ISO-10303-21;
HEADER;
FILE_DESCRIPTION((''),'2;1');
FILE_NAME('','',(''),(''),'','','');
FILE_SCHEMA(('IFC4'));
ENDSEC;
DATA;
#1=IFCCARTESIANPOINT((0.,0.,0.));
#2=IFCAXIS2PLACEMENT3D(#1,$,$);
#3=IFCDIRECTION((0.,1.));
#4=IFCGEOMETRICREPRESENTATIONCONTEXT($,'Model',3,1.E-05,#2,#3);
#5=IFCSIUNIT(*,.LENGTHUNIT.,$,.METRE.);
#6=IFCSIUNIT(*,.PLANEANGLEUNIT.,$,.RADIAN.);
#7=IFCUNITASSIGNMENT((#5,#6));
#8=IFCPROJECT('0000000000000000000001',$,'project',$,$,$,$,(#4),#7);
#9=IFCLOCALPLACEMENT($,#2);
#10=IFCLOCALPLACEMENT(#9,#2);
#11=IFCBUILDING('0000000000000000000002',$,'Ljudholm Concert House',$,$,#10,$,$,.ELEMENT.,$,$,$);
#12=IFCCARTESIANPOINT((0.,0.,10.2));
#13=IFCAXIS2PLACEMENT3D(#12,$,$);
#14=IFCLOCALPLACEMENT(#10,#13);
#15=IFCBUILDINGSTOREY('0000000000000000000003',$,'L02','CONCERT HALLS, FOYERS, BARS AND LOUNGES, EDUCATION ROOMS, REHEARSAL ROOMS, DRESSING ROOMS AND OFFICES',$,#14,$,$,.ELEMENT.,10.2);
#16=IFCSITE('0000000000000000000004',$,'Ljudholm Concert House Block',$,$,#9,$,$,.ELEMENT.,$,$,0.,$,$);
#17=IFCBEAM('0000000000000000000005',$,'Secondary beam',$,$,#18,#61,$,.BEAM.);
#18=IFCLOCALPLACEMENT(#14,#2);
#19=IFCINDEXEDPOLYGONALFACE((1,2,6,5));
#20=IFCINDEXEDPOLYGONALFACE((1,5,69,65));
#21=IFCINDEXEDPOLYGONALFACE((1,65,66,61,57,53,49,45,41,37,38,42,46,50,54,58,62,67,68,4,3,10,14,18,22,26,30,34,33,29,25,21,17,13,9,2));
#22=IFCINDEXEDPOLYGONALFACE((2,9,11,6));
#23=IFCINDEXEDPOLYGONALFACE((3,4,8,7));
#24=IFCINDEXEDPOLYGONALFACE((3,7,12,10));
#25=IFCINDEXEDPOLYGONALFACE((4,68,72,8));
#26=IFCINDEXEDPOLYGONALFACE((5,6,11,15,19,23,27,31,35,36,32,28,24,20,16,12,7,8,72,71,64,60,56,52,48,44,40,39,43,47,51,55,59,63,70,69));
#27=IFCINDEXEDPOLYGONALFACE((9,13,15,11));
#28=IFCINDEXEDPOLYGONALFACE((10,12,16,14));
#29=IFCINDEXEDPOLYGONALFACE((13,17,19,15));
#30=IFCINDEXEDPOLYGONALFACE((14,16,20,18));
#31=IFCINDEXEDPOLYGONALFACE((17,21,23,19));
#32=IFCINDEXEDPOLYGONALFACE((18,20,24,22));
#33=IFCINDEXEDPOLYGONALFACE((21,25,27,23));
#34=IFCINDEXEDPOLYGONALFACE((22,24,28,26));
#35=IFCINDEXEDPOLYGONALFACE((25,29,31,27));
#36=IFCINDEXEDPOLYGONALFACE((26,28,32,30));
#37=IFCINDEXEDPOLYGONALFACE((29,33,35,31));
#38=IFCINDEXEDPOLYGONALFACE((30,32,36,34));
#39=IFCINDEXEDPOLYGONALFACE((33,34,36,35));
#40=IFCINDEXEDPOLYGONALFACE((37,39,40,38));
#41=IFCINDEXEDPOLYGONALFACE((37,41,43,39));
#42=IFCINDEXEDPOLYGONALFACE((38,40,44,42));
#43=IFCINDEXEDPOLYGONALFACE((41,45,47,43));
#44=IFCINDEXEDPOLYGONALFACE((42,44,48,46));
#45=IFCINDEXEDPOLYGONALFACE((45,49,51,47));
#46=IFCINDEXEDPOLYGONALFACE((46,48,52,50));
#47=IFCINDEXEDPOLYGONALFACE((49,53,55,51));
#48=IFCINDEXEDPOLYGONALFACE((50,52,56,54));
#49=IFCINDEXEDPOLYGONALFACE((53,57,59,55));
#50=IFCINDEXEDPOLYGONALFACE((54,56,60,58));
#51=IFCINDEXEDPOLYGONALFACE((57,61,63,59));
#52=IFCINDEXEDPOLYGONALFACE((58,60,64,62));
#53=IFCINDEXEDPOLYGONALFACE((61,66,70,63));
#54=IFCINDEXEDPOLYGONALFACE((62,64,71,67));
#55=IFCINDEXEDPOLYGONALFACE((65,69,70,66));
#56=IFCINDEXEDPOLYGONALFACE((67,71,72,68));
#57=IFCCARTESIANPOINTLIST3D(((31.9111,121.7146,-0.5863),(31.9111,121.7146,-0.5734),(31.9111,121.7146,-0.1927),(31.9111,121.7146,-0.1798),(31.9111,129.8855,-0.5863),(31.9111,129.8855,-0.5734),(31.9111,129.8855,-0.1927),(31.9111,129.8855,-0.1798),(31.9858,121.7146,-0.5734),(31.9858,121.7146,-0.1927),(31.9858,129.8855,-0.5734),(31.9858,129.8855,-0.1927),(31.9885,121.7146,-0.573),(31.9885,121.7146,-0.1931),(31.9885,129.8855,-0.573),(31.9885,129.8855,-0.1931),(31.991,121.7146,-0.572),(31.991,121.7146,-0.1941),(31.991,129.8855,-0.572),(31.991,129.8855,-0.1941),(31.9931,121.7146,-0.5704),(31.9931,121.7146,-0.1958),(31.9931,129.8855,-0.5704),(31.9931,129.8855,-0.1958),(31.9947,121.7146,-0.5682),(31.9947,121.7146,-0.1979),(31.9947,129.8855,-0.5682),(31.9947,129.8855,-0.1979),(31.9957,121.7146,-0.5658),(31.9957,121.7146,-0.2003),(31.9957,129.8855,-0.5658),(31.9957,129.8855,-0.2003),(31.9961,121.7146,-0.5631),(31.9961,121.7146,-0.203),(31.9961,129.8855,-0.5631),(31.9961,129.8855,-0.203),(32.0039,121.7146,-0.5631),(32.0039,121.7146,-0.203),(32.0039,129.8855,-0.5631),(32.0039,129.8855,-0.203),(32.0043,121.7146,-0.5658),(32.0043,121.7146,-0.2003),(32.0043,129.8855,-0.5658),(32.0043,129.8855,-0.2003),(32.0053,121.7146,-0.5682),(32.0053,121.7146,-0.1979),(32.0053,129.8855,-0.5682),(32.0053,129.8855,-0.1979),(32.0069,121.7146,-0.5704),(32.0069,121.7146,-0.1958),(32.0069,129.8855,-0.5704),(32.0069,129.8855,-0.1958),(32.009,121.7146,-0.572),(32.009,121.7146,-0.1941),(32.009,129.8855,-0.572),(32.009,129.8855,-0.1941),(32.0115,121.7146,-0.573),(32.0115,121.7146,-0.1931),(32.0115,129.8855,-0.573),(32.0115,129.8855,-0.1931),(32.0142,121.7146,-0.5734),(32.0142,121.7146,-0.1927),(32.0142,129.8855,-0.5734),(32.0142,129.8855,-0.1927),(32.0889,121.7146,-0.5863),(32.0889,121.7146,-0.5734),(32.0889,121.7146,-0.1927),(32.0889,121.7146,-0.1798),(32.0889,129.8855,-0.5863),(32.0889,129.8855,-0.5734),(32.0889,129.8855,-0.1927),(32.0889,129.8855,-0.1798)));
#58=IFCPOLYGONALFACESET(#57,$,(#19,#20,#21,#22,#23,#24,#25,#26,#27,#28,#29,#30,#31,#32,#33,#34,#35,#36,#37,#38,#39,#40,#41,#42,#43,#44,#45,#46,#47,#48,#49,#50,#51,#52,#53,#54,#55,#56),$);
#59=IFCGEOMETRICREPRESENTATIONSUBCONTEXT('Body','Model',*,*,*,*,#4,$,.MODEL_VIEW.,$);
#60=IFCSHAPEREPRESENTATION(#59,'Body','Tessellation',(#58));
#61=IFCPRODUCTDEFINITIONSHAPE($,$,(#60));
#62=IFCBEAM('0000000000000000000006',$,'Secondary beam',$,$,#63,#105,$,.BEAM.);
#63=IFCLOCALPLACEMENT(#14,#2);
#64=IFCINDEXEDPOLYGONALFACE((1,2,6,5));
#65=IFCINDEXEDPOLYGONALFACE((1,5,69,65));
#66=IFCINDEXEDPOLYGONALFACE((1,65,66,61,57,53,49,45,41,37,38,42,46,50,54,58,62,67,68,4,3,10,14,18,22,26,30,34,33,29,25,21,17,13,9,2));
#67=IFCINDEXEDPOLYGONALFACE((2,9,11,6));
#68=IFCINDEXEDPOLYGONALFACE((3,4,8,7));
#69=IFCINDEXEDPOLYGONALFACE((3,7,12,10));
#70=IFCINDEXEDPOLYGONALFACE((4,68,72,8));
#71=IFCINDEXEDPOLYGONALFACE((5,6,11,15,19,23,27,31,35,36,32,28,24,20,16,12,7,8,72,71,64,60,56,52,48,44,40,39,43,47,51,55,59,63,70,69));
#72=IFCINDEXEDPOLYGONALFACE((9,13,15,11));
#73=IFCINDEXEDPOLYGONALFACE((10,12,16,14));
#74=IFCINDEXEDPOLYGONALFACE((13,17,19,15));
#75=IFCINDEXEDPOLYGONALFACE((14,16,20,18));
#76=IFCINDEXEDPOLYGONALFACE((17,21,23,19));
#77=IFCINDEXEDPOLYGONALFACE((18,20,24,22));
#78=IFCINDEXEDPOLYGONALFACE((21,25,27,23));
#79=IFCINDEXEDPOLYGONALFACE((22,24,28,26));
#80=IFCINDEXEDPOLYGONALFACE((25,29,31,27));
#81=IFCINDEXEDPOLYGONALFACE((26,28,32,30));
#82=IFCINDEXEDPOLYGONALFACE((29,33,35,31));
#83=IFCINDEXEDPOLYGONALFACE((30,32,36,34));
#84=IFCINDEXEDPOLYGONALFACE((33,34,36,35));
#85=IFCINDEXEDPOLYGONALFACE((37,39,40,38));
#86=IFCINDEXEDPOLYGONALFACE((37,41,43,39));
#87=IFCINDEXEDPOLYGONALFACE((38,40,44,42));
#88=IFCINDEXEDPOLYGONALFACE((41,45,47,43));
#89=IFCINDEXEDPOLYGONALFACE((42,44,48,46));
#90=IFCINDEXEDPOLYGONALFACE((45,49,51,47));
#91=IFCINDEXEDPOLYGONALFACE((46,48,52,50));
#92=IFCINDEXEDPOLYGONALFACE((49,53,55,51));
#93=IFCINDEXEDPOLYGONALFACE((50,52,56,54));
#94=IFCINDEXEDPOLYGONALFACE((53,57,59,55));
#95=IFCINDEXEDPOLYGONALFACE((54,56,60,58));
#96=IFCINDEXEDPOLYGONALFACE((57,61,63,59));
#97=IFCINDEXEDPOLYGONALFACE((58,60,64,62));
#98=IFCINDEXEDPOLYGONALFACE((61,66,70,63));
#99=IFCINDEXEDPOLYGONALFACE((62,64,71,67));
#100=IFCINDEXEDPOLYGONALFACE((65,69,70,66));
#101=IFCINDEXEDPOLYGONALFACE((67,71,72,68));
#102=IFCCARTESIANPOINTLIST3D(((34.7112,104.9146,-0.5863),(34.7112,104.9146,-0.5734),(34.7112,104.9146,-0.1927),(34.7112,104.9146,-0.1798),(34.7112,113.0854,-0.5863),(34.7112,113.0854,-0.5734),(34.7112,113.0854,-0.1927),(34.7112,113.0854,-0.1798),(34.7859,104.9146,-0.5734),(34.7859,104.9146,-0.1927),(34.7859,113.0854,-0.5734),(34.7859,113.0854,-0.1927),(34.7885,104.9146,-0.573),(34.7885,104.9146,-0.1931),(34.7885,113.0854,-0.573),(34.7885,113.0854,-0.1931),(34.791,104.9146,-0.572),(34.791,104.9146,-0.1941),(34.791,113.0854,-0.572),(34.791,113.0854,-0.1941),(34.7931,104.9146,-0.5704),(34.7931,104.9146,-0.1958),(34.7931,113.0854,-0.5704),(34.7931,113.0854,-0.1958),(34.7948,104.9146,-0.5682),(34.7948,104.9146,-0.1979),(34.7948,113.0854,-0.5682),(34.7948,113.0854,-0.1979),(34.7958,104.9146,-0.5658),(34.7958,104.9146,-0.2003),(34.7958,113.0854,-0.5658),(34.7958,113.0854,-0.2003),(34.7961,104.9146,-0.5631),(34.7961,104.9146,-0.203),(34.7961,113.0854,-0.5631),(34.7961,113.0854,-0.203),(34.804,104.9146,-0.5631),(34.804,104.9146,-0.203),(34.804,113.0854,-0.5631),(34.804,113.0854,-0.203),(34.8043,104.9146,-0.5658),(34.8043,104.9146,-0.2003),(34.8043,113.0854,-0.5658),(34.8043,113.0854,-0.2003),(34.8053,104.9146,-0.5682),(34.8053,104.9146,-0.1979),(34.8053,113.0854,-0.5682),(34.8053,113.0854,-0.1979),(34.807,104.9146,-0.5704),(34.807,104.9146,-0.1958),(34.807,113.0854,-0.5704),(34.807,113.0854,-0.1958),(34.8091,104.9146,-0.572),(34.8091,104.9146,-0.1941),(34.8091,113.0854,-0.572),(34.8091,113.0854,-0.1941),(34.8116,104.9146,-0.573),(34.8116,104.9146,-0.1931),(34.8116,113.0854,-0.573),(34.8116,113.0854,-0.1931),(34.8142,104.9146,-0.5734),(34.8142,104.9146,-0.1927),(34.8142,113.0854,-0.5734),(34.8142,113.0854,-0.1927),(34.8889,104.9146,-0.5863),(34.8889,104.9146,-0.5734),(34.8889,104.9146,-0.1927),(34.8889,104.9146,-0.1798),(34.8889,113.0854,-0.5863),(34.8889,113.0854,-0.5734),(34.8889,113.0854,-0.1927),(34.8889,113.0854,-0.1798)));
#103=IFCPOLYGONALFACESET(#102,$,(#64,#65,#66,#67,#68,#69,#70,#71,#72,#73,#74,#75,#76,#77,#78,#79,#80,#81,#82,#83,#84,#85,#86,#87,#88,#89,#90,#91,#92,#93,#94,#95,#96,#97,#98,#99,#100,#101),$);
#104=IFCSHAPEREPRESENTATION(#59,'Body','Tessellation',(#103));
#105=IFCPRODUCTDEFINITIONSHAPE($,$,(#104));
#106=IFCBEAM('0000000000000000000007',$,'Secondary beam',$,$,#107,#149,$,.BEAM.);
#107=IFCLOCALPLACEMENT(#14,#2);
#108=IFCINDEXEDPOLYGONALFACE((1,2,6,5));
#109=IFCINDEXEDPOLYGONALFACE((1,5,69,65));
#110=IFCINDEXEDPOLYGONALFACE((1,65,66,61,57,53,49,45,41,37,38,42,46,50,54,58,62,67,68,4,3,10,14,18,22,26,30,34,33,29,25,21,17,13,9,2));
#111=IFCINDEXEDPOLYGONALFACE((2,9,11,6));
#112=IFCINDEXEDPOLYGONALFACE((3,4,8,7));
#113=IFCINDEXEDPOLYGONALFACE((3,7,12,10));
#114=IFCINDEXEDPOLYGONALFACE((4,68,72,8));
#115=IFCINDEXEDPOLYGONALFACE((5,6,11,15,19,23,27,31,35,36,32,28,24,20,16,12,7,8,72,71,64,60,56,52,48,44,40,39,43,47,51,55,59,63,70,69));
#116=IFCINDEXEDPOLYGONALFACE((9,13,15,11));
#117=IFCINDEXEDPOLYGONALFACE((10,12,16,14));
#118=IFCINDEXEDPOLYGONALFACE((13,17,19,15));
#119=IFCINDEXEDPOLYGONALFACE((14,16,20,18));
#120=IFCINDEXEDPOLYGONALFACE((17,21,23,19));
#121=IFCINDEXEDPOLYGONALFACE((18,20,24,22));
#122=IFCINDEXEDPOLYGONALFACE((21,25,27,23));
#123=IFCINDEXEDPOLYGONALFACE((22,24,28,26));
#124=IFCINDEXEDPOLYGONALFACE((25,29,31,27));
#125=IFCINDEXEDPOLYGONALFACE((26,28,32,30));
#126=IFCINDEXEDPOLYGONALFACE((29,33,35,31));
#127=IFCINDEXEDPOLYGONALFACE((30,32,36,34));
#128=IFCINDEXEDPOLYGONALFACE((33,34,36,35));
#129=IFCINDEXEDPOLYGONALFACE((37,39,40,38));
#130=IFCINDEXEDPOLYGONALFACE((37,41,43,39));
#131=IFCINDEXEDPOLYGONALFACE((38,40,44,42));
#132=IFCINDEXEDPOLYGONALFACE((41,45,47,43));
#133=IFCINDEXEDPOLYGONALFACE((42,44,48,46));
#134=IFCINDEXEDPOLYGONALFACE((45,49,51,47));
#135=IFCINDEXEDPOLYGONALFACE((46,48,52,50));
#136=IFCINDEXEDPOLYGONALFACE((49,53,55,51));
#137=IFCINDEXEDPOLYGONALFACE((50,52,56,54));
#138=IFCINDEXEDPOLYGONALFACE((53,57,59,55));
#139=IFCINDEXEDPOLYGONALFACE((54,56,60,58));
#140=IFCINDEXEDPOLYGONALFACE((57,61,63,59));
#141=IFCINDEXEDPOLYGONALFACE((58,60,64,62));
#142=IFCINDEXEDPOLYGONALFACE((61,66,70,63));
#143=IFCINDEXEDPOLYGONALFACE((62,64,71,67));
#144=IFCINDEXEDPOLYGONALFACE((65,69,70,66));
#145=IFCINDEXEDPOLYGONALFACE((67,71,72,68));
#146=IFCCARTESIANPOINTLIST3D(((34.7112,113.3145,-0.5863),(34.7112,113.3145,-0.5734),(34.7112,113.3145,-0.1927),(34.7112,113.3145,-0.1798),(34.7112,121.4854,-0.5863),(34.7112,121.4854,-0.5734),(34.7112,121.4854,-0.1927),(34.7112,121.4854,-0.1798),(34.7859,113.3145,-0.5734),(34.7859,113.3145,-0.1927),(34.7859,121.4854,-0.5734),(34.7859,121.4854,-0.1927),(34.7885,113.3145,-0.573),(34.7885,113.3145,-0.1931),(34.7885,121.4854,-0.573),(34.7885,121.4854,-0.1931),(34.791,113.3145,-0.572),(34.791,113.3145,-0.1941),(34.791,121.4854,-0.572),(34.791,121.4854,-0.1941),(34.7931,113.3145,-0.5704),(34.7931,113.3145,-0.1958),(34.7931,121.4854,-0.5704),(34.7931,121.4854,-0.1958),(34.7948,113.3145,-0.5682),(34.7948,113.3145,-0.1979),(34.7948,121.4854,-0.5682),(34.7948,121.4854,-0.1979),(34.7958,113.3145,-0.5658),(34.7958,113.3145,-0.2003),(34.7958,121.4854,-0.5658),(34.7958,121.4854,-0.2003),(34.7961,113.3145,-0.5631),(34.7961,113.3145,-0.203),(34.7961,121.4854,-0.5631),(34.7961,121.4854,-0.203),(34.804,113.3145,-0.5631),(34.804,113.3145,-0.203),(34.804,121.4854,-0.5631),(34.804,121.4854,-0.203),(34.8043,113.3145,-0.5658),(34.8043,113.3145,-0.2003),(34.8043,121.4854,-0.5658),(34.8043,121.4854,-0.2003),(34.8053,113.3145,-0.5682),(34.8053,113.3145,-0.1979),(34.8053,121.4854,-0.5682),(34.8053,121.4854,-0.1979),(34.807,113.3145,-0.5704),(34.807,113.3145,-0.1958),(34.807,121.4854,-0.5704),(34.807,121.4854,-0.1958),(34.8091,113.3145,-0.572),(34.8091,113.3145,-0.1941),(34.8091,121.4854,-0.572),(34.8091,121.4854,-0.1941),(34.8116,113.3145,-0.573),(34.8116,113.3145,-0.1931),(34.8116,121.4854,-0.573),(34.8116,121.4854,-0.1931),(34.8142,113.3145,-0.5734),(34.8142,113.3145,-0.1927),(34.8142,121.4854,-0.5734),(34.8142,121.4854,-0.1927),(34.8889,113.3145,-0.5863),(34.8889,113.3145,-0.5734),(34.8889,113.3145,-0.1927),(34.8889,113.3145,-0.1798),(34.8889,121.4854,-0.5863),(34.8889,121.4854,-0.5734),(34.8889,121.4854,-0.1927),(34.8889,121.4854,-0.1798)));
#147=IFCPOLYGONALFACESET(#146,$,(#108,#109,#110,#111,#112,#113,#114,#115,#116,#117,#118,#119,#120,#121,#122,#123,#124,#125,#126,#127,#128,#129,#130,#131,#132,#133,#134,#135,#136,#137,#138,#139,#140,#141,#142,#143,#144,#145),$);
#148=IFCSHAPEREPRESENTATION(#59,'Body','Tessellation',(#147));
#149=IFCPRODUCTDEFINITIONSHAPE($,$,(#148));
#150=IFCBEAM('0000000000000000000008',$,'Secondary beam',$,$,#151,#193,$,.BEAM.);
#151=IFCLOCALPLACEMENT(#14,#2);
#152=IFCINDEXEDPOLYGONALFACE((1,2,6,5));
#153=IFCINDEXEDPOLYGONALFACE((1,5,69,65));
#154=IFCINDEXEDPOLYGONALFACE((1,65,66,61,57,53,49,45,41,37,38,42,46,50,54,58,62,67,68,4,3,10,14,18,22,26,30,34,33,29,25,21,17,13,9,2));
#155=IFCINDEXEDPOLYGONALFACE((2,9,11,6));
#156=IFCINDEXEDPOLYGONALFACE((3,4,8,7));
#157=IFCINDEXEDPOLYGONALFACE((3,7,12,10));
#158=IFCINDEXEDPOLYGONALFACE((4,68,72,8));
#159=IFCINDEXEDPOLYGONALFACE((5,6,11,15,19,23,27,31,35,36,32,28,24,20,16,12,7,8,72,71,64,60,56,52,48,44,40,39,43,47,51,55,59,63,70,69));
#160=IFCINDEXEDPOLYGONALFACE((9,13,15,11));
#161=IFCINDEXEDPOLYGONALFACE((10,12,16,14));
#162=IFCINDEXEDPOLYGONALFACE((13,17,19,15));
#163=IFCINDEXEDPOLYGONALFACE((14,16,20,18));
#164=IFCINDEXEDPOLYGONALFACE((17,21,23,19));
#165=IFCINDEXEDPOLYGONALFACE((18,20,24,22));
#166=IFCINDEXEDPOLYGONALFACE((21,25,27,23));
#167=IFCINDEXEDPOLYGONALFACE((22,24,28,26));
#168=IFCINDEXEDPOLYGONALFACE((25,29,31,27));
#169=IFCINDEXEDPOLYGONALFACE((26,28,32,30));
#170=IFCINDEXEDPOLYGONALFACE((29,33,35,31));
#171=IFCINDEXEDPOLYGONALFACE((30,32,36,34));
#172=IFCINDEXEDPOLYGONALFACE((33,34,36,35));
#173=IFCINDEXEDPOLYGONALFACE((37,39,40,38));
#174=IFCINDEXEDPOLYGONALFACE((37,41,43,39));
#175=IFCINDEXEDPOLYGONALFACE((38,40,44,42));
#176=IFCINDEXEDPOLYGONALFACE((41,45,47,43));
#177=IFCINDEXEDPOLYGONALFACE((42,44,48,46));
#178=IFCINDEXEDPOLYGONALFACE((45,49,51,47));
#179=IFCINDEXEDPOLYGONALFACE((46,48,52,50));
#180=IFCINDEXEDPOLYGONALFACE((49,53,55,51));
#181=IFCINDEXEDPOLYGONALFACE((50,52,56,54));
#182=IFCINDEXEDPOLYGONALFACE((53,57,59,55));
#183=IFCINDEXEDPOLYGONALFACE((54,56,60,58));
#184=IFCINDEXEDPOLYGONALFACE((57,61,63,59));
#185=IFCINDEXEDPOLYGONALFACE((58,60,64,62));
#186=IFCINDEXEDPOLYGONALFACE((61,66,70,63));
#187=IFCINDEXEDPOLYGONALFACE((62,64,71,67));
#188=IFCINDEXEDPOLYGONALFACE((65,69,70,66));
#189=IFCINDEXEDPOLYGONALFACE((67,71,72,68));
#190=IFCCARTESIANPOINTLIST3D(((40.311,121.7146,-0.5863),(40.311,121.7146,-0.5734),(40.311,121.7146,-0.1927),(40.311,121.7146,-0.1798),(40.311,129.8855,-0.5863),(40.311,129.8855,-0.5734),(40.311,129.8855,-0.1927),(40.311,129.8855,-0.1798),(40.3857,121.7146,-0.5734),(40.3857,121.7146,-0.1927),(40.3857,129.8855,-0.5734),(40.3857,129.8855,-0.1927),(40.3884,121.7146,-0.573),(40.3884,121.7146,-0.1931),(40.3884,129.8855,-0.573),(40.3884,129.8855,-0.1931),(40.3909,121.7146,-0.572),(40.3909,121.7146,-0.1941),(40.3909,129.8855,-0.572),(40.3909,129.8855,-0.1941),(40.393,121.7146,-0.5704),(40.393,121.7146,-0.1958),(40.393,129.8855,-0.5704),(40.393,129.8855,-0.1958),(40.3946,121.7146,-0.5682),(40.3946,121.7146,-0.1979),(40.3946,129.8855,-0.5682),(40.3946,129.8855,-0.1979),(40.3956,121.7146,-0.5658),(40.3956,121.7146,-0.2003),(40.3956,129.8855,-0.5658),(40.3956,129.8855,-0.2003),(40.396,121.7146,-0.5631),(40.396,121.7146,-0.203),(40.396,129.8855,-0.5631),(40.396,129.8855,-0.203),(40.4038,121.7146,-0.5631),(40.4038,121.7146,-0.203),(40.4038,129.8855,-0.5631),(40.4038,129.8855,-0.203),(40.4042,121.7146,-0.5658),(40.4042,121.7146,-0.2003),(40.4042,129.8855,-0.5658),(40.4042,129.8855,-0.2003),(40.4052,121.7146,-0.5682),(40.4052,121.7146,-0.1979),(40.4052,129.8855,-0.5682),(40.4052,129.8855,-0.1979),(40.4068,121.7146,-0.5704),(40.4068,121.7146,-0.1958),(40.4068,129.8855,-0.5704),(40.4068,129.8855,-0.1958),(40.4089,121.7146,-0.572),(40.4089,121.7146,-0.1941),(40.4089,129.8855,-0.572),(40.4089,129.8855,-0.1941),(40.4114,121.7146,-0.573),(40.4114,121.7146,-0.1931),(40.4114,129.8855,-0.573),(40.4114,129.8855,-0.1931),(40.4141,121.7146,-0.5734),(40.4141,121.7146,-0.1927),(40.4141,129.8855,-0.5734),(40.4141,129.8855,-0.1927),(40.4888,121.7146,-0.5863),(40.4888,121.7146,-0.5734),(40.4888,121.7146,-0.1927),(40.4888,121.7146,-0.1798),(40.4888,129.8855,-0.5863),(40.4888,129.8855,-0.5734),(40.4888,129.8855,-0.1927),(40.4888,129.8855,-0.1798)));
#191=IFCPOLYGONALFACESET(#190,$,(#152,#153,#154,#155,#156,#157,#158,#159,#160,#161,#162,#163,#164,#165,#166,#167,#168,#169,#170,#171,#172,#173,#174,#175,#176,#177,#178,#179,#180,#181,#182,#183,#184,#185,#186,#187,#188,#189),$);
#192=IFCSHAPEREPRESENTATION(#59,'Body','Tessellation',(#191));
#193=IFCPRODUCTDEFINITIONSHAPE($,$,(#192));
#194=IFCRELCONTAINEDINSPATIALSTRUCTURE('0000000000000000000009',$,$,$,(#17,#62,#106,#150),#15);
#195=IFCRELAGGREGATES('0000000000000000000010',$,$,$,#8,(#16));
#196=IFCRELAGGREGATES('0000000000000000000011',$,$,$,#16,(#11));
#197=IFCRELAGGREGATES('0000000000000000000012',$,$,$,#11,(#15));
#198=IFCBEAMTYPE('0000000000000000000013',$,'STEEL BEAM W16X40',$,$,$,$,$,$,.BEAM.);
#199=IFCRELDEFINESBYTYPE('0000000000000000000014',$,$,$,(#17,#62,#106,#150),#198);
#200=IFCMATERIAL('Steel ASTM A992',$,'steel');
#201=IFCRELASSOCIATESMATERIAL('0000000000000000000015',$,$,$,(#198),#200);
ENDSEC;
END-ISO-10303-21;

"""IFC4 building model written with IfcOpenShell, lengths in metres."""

from ifc_helpers import new_model, si_unit, direction, frame, origin, origin_2d, place, context, subcontext, project, spatial, i_section, extrude, material, material_profile, profile_set, type_object, element, save


model = new_model("IFC4")

# Units and contexts
model_context = context("Model", 3, precision=1e-05, world=origin(), true_north=direction((0.0, 1.0)))
body_context = subcontext(model_context, "Body", "Model", "MODEL_VIEW")
ifc_project = project(units=[si_unit("LENGTHUNIT", "METRE"), si_unit("PLANEANGLEUNIT", "RADIAN")], contexts=[model_context])

# Site, building, storey
site_placement = place(None, origin())
site = spatial("IfcSite", under=ifc_project, at=site_placement, Name="Ljudholm Concert House Block", CompositionType="ELEMENT", RefElevation=0.0)
building_placement = place(site_placement, origin())
building = spatial("IfcBuilding", under=site, at=building_placement, Name="Ljudholm Concert House", CompositionType="ELEMENT")
storey_placement = place(building_placement, frame((0.0, 0.0, 10.2)))
storey = spatial("IfcBuildingStorey", under=building, at=storey_placement, Name="L02", Description="CONCERT HALLS, FOYERS, BARS AND LOUNGES, EDUCATION ROOMS, REHEARSAL ROOMS, DRESSING ROOMS AND OFFICES", CompositionType="ELEMENT", Elevation=10.2)

# Beams
ifc_material_1 = material(Name="Steel ASTM A992", Category="steel")
ifc_material_profile_1 = material_profile(ifc_material_1, i_section(OverallWidth=0.1777, OverallDepth=0.4065, WebThickness=0.0078, FlangeThickness=0.0129, FilletRadius=0.0103, at=origin_2d()), Name="W16X40")
ifc_profile_set_1 = profile_set([ifc_material_profile_1], Name="Steel ASTM A992")
beam_type_1 = type_object("IfcBeamType", Name="STEEL BEAM W16X40", PredefinedType="BEAM", material=ifc_profile_set_1)
for number, where, z_axis, x_axis, name in (
    (1, (32.0, 121.7146, -0.3831), (0.0, 1.0, 0.0), (-1.0, 0.0, 0.0), "Secondary beam"),
    (2, (34.8, 104.9146, -0.3831), (0.0, 1.0, 0.0), (-1.0, 0.0, 0.0), "Secondary beam"),
    (3, (34.8, 113.3145, -0.3831), (0.0, 1.0, 0.0), (-1.0, 0.0, 0.0), "Secondary beam"),
    (4, (40.3999, 121.7146, -0.3831), (0.0, 1.0, 0.0), (-1.0, 0.0, 0.0), "Secondary beam"),
):
    element("IfcBeam", number, at=place(storey_placement, frame(where, z_axis=z_axis, x_axis=x_axis)), inside=storey, type_object=beam_type_1, Name=name, PredefinedType="BEAM", context=body_context, shape_type="SweptSolid", body=[
        extrude(i_section(OverallWidth=0.1777, OverallDepth=0.4065, WebThickness=0.0078, FlangeThickness=0.0129, FilletRadius=0.0103, at=origin_2d()), origin(), (0.0, 0.0, 1.0), 8.1709),
    ])

save(model, "model.ifc")
